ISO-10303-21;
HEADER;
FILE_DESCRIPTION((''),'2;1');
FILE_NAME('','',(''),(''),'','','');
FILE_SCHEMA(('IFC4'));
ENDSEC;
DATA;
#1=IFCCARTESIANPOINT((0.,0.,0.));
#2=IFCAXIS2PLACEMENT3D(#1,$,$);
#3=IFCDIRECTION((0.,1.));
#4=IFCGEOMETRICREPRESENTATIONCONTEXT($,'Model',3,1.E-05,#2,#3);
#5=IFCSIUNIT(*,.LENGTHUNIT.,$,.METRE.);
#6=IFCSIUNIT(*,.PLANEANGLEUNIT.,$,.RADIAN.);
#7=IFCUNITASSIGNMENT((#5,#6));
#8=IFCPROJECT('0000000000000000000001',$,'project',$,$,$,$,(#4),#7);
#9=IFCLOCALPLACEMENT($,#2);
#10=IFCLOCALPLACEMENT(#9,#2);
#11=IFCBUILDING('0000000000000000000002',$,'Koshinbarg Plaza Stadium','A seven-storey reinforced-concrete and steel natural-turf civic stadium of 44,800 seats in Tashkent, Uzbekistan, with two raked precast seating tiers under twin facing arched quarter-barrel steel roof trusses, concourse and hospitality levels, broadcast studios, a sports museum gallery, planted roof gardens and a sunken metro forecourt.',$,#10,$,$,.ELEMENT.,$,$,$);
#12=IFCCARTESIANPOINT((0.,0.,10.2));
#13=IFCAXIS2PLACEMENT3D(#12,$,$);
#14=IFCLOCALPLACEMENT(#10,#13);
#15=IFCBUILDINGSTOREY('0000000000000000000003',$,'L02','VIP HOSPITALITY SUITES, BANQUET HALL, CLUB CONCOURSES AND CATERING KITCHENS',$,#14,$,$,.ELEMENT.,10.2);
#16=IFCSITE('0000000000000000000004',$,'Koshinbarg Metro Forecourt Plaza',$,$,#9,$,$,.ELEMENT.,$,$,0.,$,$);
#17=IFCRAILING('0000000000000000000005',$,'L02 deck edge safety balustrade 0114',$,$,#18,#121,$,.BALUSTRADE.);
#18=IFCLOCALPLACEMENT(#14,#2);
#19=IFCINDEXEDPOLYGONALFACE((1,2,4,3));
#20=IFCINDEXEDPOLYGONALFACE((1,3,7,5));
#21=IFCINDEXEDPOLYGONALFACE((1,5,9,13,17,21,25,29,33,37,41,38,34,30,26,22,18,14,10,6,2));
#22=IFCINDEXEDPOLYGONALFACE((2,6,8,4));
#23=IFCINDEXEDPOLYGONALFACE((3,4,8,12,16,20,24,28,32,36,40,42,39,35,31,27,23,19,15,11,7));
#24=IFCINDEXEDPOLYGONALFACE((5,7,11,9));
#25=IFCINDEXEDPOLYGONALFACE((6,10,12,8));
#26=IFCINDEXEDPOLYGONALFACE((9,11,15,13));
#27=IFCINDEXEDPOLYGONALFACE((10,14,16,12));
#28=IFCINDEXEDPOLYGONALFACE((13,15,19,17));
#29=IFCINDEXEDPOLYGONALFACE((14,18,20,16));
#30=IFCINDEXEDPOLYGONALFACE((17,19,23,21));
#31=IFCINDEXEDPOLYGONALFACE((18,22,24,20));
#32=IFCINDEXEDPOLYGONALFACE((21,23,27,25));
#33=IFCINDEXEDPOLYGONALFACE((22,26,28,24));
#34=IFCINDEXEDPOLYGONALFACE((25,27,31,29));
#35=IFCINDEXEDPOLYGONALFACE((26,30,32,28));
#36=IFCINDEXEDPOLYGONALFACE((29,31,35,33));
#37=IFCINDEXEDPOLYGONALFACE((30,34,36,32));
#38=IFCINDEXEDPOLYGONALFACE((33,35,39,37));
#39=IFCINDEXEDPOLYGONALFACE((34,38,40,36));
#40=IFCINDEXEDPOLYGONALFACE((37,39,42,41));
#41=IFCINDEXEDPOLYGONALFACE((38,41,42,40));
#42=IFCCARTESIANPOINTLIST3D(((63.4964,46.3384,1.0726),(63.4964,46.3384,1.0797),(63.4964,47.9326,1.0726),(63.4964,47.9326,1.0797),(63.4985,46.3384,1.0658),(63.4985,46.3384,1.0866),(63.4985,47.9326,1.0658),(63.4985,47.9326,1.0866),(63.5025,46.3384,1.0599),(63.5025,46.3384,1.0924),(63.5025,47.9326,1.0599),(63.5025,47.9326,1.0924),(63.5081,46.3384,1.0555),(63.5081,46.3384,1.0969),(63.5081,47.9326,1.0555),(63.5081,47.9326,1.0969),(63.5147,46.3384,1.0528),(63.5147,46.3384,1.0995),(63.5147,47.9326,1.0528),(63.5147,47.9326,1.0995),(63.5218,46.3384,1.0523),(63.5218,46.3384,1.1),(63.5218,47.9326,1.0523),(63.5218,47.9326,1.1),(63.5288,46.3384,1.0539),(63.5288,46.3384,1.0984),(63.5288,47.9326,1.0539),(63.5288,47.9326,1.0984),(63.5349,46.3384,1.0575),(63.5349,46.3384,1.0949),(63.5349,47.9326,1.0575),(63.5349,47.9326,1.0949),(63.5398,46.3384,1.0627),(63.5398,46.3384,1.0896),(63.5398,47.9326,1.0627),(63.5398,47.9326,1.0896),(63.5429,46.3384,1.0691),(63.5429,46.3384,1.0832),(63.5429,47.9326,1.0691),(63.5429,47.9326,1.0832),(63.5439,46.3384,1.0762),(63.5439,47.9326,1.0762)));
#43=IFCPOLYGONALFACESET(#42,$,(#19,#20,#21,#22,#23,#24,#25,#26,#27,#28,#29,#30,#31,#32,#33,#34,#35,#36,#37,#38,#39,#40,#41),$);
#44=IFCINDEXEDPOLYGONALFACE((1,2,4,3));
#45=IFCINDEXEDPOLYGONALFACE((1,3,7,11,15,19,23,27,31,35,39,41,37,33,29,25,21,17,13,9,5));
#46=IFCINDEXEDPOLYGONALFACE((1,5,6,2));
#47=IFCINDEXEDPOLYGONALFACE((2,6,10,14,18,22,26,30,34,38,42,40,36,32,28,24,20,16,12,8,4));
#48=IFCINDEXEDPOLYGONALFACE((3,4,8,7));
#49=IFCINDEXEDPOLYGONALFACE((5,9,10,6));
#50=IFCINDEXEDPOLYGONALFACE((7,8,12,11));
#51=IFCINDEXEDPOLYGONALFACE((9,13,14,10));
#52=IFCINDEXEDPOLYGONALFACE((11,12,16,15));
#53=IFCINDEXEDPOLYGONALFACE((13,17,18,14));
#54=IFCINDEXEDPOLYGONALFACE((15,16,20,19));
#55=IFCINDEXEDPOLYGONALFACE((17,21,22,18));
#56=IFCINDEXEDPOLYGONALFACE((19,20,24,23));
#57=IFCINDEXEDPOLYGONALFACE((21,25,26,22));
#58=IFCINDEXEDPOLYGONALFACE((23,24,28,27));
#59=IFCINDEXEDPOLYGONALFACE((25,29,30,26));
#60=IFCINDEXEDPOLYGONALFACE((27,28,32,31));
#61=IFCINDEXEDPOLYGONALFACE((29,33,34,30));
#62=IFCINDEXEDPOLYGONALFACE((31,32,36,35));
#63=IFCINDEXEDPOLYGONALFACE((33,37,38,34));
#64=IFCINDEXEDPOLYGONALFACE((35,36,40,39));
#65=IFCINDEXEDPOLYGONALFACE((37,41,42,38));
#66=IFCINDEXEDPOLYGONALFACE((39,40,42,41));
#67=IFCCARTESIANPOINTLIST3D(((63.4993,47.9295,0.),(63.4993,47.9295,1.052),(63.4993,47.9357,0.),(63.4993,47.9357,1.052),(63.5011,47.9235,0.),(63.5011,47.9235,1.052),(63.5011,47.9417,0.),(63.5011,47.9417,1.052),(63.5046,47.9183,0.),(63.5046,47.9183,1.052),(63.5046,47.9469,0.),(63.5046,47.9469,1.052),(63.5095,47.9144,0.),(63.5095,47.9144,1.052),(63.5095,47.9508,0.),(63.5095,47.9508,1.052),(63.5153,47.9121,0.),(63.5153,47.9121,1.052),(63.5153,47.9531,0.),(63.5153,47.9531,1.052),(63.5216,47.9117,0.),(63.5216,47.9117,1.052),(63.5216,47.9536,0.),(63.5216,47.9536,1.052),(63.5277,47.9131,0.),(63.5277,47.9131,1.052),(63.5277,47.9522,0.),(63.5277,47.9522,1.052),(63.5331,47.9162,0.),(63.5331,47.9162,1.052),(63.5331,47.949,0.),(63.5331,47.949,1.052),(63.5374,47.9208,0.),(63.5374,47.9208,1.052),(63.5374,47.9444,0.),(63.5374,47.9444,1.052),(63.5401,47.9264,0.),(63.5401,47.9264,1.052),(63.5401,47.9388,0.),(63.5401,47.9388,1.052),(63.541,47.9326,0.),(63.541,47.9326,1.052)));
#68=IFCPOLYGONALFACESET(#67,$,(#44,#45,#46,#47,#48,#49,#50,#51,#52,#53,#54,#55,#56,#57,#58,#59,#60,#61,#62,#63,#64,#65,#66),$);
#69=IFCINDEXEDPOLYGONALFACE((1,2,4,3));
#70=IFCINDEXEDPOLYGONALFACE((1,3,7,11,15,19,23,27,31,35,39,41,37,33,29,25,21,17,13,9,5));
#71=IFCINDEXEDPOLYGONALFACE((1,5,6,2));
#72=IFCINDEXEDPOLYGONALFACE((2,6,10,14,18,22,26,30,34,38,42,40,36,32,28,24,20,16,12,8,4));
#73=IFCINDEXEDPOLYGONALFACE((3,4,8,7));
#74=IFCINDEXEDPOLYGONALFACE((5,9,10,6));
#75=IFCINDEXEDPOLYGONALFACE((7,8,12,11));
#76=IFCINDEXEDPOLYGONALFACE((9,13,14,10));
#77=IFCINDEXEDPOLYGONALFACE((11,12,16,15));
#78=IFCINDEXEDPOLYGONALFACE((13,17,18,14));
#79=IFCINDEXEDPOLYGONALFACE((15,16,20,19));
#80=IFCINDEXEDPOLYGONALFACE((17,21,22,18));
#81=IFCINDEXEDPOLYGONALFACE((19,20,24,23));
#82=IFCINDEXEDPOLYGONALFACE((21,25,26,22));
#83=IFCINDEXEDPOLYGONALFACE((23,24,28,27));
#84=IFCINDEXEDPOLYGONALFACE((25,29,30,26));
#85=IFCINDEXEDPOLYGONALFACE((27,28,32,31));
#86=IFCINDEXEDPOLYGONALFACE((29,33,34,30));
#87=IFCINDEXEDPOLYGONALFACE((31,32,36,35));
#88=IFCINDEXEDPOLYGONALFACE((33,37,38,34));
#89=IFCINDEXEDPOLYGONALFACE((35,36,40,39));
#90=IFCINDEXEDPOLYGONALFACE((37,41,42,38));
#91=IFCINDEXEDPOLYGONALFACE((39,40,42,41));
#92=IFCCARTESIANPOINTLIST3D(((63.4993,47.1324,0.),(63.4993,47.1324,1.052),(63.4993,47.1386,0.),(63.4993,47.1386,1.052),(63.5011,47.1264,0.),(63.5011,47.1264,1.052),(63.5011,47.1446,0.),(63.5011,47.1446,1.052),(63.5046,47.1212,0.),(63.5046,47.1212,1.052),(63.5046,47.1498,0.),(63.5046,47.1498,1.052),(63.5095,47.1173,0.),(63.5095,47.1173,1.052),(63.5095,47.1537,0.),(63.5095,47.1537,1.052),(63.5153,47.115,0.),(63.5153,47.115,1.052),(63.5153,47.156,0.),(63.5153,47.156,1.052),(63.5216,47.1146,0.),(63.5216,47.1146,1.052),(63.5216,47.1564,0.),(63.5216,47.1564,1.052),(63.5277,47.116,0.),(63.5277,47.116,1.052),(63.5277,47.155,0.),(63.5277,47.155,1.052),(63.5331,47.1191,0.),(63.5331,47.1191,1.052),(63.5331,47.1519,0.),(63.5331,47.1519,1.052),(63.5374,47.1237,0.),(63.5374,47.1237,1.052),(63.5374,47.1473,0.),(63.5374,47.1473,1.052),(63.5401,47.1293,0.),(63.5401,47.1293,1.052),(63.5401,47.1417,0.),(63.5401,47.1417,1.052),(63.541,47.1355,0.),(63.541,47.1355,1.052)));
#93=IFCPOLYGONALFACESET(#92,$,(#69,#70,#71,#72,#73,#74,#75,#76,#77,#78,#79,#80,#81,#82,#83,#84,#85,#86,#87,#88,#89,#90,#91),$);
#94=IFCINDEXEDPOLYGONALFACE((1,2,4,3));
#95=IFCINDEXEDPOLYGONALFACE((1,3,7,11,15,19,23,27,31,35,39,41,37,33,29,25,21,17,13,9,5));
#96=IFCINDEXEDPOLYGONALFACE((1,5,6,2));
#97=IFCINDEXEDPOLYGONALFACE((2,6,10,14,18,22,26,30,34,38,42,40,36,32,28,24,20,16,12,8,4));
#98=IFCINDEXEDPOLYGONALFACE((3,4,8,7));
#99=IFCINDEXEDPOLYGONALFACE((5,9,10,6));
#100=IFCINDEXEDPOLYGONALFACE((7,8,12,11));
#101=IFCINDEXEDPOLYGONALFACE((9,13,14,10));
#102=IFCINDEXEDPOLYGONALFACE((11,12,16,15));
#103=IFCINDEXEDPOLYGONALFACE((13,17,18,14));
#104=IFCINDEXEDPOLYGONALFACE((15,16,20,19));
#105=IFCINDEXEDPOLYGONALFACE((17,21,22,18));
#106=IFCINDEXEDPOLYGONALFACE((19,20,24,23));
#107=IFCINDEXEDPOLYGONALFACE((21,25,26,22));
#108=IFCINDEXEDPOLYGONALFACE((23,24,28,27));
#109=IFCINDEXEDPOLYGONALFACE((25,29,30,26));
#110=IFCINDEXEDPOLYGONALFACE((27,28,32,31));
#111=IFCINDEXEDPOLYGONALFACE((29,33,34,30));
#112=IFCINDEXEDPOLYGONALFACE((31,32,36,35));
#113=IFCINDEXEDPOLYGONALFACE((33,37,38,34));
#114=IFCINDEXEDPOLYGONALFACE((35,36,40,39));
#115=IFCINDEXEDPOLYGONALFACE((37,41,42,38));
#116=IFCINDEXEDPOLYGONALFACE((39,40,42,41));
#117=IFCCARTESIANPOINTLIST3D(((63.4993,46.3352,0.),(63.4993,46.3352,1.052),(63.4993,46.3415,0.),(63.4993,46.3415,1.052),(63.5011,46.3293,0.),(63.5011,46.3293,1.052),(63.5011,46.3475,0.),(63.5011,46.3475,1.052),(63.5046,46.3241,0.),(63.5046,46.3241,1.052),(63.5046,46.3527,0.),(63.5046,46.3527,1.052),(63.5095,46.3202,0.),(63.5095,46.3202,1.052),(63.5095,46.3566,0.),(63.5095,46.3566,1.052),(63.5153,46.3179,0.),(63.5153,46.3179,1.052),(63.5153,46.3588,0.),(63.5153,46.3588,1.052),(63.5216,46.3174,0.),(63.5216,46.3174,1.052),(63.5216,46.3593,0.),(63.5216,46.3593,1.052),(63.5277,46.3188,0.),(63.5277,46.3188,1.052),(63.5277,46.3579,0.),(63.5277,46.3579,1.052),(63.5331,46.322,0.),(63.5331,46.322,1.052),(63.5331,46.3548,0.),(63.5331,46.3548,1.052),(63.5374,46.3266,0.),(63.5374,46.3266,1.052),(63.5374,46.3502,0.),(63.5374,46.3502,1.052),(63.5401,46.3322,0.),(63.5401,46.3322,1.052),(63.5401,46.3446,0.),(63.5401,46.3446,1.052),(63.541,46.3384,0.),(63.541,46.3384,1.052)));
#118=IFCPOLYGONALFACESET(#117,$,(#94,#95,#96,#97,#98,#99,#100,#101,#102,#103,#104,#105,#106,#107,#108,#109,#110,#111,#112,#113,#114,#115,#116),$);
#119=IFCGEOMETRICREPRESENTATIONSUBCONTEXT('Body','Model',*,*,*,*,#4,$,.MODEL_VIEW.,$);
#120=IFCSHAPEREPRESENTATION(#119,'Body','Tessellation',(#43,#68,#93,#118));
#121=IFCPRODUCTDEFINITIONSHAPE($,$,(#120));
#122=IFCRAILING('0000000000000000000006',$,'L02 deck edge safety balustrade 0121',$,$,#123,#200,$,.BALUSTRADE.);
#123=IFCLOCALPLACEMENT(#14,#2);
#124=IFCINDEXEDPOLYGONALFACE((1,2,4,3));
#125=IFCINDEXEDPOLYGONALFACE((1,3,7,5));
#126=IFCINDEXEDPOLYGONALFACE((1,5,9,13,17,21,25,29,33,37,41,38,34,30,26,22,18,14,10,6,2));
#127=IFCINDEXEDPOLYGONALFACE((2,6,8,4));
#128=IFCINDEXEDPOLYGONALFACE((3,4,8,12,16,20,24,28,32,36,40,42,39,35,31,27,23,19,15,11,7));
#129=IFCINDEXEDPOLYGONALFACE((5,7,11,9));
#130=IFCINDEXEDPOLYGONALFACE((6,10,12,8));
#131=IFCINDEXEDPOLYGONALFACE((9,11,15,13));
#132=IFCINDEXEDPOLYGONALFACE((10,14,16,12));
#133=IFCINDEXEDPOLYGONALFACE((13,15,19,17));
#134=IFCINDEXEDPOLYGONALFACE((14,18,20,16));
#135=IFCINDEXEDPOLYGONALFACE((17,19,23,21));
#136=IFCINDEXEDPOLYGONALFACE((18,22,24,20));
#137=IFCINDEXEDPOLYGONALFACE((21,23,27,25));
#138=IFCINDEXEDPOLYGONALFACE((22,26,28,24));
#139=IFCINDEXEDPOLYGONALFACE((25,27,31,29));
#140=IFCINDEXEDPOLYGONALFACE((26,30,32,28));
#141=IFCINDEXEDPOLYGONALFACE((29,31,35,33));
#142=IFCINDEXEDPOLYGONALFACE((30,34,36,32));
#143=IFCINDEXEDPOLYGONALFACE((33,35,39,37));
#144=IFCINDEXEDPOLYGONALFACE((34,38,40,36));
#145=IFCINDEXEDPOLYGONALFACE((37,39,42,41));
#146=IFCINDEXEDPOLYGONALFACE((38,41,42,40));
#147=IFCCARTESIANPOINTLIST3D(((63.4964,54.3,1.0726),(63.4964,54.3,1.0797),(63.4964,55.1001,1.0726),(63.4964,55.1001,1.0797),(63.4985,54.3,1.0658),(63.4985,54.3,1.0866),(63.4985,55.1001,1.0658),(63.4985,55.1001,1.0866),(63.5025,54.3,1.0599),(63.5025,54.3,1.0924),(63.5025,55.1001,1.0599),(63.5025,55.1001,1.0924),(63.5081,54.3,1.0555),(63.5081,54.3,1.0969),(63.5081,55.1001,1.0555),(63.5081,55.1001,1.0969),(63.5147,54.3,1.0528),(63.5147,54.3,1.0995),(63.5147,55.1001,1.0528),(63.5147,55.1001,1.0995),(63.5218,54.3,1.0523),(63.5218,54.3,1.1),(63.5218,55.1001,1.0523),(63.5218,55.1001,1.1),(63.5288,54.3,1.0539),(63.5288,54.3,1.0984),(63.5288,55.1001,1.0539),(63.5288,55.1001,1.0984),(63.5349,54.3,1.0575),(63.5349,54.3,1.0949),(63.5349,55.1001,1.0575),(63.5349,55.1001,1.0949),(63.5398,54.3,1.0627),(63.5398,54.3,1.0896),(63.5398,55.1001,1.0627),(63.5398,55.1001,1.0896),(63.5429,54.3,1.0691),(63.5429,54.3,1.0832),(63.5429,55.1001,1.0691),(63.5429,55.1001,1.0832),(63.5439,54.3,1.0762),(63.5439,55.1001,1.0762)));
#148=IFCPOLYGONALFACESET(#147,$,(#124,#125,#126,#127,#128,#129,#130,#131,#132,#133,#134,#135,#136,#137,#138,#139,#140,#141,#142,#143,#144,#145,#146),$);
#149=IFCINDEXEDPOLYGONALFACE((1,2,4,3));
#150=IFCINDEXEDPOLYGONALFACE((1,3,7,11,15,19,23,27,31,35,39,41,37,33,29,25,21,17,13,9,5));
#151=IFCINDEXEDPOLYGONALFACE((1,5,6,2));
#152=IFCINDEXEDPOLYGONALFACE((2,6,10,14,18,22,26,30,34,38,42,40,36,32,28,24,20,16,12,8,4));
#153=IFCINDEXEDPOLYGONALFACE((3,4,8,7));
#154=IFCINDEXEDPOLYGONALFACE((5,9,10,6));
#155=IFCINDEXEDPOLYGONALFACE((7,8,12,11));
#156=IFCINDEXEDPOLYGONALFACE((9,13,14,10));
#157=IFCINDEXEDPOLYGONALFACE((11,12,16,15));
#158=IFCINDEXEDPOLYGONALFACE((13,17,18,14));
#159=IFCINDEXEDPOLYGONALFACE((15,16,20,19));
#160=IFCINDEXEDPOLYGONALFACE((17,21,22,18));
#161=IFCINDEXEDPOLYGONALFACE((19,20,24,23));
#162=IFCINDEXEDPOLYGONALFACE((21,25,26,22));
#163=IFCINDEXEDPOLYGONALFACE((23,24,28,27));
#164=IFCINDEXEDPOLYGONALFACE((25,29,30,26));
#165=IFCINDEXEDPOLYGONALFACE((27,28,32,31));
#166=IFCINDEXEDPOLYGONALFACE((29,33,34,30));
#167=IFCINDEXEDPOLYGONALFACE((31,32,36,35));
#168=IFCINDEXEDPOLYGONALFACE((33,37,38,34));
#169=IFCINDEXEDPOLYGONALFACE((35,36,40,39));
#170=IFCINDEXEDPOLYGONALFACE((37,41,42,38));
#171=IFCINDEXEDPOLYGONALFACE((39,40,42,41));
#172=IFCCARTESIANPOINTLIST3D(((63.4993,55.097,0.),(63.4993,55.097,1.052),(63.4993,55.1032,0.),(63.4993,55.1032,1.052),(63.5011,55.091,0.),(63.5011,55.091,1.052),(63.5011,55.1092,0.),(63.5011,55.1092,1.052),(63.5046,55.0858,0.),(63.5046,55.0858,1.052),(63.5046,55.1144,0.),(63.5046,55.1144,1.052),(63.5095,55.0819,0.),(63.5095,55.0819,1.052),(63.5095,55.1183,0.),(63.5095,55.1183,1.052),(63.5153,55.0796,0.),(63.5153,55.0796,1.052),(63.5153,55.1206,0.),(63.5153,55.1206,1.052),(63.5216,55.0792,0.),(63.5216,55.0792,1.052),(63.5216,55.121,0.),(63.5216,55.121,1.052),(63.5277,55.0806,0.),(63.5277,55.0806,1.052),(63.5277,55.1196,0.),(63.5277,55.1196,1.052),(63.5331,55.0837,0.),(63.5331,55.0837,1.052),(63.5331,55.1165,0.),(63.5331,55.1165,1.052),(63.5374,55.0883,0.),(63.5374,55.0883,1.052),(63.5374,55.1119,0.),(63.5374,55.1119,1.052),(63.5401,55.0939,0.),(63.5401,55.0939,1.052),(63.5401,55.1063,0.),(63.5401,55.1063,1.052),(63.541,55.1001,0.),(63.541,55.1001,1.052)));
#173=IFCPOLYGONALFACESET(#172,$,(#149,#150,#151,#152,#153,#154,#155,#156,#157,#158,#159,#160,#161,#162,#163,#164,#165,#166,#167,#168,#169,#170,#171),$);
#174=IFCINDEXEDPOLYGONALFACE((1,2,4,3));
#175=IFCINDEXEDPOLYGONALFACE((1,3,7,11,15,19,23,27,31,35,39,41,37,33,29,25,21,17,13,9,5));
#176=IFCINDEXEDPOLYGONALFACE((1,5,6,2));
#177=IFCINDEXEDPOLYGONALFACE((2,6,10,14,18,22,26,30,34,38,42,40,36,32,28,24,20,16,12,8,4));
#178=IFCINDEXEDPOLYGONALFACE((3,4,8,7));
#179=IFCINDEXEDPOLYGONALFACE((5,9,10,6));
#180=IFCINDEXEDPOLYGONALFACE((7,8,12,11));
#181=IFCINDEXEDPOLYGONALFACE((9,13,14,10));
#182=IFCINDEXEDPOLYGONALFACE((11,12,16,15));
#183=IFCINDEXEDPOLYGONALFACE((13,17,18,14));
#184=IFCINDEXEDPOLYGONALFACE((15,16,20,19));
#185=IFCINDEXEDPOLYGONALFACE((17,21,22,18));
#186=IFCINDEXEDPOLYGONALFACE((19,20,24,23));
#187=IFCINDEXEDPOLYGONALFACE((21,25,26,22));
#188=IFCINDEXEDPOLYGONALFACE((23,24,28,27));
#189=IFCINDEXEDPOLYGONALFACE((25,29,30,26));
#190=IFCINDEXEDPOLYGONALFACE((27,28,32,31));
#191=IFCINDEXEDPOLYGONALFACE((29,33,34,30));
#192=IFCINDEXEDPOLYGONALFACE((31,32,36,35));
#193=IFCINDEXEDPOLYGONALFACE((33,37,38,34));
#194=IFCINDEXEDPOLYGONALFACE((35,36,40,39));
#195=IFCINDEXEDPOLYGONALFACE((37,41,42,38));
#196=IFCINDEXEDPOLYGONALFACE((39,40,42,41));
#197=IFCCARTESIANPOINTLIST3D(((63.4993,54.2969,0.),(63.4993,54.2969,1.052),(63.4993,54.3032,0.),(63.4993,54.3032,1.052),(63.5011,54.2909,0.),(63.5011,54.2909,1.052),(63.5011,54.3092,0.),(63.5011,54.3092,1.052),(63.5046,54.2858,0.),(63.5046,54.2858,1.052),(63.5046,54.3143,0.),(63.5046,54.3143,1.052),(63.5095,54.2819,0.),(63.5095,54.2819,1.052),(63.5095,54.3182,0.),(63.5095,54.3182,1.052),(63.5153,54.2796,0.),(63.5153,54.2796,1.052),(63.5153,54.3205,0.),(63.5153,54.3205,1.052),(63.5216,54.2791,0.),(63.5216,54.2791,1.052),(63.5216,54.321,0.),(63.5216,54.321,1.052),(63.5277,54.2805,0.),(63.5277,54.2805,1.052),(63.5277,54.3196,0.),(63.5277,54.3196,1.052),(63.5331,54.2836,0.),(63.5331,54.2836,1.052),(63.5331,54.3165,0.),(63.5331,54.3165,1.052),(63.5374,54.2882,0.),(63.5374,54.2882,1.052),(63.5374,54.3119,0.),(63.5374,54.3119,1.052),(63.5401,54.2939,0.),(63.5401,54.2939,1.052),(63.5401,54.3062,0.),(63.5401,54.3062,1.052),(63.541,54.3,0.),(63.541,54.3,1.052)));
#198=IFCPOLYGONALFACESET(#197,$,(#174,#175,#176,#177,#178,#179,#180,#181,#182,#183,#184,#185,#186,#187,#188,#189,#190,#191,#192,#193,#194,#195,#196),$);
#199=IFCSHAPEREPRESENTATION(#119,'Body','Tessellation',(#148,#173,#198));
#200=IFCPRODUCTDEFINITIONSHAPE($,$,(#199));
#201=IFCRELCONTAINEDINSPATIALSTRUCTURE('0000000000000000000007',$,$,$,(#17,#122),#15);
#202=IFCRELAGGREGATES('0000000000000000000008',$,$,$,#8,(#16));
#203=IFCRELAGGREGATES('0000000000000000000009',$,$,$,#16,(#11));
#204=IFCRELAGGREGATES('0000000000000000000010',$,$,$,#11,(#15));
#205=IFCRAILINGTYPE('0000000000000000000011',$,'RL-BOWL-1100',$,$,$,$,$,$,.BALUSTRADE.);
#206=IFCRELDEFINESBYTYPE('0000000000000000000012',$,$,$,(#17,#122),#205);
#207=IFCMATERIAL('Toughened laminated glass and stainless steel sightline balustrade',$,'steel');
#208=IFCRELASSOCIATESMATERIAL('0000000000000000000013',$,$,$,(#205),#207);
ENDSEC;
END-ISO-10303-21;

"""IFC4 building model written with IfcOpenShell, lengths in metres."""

from ifc_helpers import new_model, si_unit, direction, frame, origin, origin_2d, place, context, subcontext, project, spatial, circle, extrude, material, type_object, element, save


model = new_model("IFC4")

# Units and contexts
model_context = context("Model", 3, precision=1e-05, world=origin(), true_north=direction((0.0, 1.0)))
body_context = subcontext(model_context, "Body", "Model", "MODEL_VIEW")
ifc_project = project(units=[si_unit("LENGTHUNIT", "METRE"), si_unit("PLANEANGLEUNIT", "RADIAN")], contexts=[model_context])

# Site, building, storey
site_placement = place(None, origin())
site = spatial("IfcSite", under=ifc_project, at=site_placement, Name="Koshinbarg Metro Forecourt Plaza", CompositionType="ELEMENT", RefElevation=0.0)
building_placement = place(site_placement, origin())
building = spatial("IfcBuilding", under=site, at=building_placement, Name="Koshinbarg Plaza Stadium", Description="A seven-storey reinforced-concrete and steel natural-turf civic stadium of 44,800 seats in Tashkent, Uzbekistan, with two raked precast seating tiers under twin facing arched quarter-barrel steel roof trusses, concourse and hospitality levels, broadcast studios, a sports museum gallery, planted roof gardens and a sunken metro forecourt.", CompositionType="ELEMENT")
storey_placement = place(building_placement, frame((0.0, 0.0, 10.2)))
storey = spatial("IfcBuildingStorey", under=building, at=storey_placement, Name="L02", Description="VIP HOSPITALITY SUITES, BANQUET HALL, CLUB CONCOURSES AND CATERING KITCHENS", CompositionType="ELEMENT", Elevation=10.2)

# Railings
ifc_material_1 = material(Name="Toughened laminated glass and stainless steel sightline balustrade", Category="steel")
railing_type_1 = type_object("IfcRailingType", Name="RL-BOWL-1100", PredefinedType="BALUSTRADE", material=ifc_material_1)
railing_1_placement = place(storey_placement, frame((63.52, 47.9326, 0.0)))
element("IfcRailing", 1, at=railing_1_placement, inside=storey, type_object=railing_type_1, Name="L02 deck edge safety balustrade 0114", PredefinedType="BALUSTRADE", context=body_context, shape_type="SweptSolid", body=[
    extrude(circle(Radius=0.0239, at=origin_2d()), frame((0.0, 0.0, 1.0762), z_axis=(0.0, -1.0, 0.0), x_axis=(1.0, 0.0, 0.0)), (0.0, 0.0, 1.0), 1.5942),
    extrude(circle(Radius=0.021, at=origin_2d()), origin(), (0.0, 0.0, 1.0), 1.052),
    extrude(circle(Radius=0.021, at=origin_2d()), frame((0.0, -0.7971, 0.0)), (0.0, 0.0, 1.0), 1.052),
    extrude(circle(Radius=0.021, at=origin_2d()), frame((0.0, -1.5942, 0.0)), (0.0, 0.0, 1.0), 1.052),
])
railing_2_placement = place(storey_placement, frame((63.52, 55.1001, 0.0)))
element("IfcRailing", 2, at=railing_2_placement, inside=storey, type_object=railing_type_1, Name="L02 deck edge safety balustrade 0121", PredefinedType="BALUSTRADE", context=body_context, shape_type="SweptSolid", body=[
    extrude(circle(Radius=0.0239, at=origin_2d()), frame((0.0, 0.0, 1.0762), z_axis=(0.0, -1.0, 0.0), x_axis=(1.0, 0.0, 0.0)), (0.0, 0.0, 1.0), 0.8),
    extrude(circle(Radius=0.021, at=origin_2d()), origin(), (0.0, 0.0, 1.0), 1.052),
    extrude(circle(Radius=0.021, at=origin_2d()), frame((0.0, -0.8, 0.0)), (0.0, 0.0, 1.0), 1.052),
])

save(model, "model.ifc")
